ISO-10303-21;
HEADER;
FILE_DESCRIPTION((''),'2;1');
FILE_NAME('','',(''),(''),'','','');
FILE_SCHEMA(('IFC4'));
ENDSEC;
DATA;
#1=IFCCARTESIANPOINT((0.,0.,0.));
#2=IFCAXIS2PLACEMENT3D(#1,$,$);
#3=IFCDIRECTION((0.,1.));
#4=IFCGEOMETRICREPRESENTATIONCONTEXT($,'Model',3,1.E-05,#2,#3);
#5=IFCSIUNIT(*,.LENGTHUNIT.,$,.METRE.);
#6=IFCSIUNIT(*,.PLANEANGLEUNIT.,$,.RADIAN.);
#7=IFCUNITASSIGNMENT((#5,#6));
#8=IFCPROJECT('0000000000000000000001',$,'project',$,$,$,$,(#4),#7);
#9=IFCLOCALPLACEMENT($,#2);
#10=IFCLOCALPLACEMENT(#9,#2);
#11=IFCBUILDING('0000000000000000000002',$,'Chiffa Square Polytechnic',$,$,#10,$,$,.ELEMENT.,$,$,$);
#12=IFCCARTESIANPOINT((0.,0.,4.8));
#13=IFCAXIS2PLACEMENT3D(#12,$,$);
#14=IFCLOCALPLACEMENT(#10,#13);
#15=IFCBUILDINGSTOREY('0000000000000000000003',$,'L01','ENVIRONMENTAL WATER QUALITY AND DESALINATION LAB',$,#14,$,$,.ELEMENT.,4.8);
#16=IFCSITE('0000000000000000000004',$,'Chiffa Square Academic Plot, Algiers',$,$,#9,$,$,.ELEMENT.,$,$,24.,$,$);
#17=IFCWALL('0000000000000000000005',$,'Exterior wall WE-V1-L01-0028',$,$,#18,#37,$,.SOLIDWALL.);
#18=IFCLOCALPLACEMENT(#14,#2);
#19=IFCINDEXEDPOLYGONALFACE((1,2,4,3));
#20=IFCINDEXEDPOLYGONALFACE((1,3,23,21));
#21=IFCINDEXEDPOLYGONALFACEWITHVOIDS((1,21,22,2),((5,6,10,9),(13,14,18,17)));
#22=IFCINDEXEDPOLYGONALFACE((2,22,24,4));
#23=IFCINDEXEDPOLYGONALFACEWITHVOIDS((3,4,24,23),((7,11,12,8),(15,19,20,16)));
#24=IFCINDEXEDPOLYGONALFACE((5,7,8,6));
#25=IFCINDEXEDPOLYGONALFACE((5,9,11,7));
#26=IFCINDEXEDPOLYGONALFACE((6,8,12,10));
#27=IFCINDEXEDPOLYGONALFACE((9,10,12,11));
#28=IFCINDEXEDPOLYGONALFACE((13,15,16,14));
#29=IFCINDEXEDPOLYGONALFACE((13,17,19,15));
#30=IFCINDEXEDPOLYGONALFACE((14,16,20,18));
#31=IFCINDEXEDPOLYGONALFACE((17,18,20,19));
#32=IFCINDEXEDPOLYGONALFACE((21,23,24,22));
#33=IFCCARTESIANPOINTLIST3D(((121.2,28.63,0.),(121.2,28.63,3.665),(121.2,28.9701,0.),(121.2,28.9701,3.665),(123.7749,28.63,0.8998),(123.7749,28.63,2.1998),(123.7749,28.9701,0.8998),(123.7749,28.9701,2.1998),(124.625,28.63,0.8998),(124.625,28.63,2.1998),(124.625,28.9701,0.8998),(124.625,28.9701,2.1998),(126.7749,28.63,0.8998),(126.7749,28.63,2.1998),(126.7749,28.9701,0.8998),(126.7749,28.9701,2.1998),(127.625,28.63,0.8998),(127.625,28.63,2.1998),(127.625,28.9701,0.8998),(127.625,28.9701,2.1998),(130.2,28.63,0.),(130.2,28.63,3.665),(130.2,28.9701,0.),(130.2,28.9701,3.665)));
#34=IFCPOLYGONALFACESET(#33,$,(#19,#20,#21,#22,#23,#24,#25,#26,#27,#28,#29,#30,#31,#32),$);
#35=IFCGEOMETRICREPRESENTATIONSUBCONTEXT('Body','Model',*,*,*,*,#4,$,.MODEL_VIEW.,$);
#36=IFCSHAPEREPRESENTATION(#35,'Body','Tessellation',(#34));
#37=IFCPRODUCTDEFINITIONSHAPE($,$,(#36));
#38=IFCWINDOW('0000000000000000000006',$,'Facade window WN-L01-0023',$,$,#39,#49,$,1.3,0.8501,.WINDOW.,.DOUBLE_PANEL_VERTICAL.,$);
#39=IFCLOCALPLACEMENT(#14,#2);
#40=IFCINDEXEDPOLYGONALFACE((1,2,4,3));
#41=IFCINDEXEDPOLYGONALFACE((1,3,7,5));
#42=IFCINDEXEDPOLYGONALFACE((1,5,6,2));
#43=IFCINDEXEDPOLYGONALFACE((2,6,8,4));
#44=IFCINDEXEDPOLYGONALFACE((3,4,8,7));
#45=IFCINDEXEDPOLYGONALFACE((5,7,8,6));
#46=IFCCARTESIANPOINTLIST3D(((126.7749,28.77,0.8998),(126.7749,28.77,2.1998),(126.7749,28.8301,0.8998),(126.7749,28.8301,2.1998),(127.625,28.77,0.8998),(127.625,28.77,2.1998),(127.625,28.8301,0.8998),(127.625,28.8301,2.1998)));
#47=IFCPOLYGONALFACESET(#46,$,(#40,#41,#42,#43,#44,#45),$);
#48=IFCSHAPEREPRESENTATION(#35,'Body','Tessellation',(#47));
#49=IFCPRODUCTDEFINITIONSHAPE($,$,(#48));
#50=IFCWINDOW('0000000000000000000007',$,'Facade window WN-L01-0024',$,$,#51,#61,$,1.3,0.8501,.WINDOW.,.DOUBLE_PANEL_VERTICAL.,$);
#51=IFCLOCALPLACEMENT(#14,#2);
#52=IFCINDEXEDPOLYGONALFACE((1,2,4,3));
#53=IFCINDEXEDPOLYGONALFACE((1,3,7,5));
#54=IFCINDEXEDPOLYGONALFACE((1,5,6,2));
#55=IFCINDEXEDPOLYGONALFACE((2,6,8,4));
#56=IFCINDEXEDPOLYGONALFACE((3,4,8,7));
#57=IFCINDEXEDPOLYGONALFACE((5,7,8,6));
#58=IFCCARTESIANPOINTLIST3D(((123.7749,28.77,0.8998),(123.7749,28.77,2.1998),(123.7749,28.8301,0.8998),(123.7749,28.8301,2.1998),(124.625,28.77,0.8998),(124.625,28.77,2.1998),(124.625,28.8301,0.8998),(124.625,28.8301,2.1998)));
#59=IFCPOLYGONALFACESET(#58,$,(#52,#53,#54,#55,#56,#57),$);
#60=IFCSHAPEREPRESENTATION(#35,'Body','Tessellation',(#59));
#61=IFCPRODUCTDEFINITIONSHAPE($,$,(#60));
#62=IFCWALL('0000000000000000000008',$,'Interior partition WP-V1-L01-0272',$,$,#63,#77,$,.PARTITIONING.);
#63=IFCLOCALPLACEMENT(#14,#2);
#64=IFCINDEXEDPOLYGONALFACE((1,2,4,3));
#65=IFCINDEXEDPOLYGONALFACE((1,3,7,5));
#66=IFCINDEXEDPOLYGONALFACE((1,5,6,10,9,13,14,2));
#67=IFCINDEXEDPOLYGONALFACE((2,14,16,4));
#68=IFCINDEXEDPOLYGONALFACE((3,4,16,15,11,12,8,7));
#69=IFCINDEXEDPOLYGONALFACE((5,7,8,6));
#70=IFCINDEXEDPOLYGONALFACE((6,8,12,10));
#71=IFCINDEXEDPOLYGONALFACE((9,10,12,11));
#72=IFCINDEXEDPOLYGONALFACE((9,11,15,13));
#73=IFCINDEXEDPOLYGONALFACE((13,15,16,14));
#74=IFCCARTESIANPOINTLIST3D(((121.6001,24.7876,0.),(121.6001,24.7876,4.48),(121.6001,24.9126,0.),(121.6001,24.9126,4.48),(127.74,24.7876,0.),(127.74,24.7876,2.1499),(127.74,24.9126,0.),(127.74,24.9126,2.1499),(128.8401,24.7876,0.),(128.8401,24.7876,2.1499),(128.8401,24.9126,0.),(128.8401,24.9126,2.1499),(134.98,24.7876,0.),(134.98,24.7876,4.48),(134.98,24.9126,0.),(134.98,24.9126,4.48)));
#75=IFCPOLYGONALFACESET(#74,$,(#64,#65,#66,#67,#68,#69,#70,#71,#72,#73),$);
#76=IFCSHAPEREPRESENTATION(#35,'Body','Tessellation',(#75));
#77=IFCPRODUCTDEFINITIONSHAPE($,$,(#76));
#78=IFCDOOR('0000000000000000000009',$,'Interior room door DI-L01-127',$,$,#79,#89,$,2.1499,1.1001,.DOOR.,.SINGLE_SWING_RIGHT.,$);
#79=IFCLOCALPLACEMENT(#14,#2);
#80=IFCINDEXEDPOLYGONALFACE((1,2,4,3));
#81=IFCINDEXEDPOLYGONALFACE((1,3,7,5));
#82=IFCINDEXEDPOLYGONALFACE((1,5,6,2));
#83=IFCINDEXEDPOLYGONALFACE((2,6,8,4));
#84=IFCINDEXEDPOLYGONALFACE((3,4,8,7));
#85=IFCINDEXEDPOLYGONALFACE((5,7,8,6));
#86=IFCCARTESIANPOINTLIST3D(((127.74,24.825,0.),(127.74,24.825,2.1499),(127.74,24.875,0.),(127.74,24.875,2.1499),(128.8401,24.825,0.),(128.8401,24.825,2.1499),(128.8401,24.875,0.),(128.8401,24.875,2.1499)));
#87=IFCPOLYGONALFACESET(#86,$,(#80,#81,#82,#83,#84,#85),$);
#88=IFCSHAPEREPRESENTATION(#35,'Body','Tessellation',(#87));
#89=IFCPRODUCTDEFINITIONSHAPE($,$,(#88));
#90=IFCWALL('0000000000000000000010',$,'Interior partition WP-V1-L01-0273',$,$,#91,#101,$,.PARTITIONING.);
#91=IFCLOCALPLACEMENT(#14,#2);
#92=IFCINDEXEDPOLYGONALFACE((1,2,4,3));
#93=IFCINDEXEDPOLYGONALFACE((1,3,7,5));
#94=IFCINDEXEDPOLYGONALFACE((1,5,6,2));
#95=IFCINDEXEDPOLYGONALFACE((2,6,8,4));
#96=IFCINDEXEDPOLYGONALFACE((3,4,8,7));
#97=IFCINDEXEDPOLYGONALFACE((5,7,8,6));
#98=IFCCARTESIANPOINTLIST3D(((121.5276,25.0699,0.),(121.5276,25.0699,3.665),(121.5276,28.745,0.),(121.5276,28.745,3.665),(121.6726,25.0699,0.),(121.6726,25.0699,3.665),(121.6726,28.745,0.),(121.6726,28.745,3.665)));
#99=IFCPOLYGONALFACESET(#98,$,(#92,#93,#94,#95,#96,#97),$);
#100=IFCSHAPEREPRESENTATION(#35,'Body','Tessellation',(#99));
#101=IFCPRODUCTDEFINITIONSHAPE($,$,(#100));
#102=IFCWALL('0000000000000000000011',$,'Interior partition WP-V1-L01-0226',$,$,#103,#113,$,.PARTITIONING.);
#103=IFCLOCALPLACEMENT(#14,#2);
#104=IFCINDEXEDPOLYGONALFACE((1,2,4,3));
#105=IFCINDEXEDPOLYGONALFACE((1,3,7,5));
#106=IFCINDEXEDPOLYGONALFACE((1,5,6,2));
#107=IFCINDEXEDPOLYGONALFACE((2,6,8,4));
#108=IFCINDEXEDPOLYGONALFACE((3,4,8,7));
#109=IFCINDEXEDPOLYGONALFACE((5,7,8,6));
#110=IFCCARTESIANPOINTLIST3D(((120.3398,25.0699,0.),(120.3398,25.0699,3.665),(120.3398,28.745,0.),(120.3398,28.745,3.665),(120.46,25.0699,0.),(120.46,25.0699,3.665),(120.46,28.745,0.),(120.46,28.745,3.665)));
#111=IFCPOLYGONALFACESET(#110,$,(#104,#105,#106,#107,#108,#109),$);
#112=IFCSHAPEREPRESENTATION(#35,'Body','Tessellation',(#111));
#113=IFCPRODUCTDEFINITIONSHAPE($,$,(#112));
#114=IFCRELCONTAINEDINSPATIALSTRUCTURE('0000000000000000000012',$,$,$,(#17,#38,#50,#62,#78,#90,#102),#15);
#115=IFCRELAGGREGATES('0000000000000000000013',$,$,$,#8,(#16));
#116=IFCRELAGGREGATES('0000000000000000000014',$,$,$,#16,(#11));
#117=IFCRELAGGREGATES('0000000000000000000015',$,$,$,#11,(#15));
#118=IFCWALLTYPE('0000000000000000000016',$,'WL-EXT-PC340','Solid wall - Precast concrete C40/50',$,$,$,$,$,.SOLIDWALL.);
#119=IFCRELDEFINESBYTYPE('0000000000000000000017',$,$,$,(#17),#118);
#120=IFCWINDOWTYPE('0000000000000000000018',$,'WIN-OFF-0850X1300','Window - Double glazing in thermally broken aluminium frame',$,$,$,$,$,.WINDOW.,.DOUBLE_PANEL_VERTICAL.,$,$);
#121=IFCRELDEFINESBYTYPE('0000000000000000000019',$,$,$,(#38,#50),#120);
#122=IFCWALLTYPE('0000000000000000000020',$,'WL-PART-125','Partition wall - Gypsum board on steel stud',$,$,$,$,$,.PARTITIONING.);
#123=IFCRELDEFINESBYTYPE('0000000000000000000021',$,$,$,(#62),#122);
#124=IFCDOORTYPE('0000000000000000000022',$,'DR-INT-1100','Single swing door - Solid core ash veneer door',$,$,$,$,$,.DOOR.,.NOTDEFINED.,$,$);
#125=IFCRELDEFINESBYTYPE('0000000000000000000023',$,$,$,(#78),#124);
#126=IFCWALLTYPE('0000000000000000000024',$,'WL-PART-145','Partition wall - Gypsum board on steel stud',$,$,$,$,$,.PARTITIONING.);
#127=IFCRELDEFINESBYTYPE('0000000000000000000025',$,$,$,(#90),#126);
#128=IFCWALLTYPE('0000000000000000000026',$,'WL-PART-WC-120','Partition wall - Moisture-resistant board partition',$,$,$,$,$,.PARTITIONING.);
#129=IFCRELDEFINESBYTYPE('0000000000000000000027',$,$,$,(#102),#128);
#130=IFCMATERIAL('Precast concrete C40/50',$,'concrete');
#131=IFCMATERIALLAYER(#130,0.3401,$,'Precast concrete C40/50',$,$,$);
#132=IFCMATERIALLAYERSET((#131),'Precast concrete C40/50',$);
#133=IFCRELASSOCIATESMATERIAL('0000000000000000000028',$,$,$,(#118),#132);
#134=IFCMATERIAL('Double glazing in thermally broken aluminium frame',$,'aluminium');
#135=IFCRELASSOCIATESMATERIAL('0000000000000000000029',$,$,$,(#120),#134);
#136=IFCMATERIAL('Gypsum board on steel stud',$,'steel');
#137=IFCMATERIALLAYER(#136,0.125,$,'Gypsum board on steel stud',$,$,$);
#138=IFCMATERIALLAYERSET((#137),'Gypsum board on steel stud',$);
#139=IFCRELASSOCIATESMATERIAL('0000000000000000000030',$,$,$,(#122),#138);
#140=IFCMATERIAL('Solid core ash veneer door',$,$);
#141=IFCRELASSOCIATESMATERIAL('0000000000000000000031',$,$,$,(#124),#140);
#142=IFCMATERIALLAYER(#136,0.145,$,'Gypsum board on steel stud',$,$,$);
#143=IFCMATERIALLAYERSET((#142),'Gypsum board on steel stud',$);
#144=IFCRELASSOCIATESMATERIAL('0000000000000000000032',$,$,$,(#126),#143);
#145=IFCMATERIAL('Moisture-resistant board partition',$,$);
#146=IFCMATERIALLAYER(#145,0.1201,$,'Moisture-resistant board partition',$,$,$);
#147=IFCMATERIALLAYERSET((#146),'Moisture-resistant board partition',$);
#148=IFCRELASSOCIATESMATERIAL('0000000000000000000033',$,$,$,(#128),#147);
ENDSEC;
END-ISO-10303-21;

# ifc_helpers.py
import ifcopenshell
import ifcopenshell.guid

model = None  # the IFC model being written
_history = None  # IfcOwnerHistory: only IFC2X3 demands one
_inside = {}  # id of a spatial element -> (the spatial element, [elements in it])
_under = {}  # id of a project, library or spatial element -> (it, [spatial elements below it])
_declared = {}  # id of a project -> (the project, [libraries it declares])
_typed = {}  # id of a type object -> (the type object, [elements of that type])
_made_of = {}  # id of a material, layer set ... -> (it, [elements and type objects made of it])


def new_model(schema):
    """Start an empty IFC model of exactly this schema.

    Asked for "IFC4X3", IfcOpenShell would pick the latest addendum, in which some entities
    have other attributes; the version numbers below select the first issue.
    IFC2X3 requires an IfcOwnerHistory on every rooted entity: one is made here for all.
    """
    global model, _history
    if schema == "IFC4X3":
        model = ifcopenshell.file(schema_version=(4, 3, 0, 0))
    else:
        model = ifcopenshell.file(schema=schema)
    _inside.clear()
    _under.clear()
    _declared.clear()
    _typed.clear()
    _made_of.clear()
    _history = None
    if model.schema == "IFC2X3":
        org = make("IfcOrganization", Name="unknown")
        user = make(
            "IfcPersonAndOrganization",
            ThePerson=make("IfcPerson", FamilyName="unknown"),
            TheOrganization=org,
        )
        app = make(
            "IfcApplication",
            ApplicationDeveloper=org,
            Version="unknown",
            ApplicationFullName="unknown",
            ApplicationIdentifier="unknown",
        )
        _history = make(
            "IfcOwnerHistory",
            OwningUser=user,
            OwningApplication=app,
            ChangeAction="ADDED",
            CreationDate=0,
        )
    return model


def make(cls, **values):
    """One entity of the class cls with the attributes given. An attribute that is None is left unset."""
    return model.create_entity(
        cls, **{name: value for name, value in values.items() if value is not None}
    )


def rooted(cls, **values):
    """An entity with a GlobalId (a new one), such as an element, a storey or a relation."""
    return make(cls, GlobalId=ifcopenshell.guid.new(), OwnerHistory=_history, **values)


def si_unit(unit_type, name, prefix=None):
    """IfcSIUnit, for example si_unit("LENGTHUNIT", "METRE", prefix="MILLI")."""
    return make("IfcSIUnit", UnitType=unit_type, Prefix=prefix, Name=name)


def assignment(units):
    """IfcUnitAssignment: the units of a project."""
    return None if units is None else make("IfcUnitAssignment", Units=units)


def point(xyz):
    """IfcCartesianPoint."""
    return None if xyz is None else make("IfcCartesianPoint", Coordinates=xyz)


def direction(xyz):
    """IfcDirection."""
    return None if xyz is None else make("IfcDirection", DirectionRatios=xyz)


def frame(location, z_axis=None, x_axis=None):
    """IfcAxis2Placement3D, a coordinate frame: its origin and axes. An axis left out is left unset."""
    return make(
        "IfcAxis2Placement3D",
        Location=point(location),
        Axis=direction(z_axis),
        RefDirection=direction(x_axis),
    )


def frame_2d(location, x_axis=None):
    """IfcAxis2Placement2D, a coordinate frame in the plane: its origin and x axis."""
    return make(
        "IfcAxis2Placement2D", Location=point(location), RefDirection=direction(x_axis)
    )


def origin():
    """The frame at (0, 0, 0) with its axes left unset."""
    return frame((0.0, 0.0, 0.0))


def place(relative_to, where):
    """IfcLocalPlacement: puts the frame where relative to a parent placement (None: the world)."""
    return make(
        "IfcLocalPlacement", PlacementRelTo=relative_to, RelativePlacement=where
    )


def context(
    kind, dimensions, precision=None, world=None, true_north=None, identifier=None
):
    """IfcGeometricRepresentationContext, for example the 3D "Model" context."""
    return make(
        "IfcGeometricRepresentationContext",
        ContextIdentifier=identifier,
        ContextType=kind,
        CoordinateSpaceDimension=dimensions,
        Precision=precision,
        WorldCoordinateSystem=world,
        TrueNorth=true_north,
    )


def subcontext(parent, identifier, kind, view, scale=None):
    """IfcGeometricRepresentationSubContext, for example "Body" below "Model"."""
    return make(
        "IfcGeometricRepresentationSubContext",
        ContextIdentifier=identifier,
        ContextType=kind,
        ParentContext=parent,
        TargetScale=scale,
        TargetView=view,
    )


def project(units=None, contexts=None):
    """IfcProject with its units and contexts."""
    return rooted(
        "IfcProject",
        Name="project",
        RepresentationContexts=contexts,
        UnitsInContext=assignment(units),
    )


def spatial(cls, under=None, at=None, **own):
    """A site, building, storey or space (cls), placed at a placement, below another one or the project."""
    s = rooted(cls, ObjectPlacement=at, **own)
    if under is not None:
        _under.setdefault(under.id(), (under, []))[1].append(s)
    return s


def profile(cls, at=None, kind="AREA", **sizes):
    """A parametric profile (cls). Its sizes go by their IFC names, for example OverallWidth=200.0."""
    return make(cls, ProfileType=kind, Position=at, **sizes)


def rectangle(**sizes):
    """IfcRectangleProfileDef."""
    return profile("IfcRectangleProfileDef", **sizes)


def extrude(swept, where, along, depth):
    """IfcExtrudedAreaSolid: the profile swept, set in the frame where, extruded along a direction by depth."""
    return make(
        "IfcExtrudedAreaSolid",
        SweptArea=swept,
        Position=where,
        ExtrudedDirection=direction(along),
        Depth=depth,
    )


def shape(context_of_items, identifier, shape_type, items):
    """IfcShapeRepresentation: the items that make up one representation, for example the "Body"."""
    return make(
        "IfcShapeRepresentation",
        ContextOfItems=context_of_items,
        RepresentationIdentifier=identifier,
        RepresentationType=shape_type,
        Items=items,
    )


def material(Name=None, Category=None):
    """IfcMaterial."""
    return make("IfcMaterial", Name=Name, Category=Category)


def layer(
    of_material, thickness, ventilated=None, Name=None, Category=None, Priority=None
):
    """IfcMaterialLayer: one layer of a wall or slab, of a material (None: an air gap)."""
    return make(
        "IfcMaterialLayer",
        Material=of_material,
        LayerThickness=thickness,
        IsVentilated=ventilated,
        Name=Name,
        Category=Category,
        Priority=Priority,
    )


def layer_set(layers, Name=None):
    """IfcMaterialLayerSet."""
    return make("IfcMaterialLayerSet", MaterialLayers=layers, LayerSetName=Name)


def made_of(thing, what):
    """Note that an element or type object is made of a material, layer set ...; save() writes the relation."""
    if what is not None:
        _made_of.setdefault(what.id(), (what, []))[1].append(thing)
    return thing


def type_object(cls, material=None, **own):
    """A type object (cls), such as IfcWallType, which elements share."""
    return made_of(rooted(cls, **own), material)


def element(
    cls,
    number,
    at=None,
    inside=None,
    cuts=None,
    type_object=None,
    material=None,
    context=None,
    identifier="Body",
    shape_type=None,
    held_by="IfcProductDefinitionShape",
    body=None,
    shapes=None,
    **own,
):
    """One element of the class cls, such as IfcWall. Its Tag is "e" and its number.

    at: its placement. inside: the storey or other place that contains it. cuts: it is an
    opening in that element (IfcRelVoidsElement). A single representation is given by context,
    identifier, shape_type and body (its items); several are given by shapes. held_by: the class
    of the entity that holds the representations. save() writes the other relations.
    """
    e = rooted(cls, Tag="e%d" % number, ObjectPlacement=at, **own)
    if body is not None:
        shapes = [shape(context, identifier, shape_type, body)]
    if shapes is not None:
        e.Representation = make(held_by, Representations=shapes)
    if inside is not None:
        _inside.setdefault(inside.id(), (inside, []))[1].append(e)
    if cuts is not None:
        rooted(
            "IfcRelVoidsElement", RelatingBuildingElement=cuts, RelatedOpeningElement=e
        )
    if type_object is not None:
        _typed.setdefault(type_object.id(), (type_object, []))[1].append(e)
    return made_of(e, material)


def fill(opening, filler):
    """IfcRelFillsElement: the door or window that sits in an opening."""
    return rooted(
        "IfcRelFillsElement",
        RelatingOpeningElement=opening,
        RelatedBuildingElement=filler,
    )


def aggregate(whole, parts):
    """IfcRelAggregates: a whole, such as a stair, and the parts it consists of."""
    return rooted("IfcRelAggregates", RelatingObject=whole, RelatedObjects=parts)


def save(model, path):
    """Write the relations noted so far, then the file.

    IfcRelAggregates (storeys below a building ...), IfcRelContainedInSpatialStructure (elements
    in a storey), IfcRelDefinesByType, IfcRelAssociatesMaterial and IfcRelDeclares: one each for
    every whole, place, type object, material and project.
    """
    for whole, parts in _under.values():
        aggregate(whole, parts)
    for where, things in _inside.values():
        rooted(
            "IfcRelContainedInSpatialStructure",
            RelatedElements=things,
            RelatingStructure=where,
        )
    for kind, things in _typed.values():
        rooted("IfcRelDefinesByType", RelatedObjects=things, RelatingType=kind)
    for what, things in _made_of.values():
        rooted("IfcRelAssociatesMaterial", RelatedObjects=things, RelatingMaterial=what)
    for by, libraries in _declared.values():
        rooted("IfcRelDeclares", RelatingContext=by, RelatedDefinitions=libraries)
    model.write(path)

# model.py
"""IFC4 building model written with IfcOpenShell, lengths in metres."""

from ifc_helpers import new_model, si_unit, direction, frame, frame_2d, origin, place, context, subcontext, project, spatial, rectangle, extrude, material, layer, layer_set, type_object, element, fill, save


model = new_model("IFC4")

# Units and contexts
model_context = context("Model", 3, precision=1e-05, world=origin(), true_north=direction((0.0, 1.0)))
body_context = subcontext(model_context, "Body", "Model", "MODEL_VIEW")
ifc_project = project(units=[si_unit("LENGTHUNIT", "METRE"), si_unit("PLANEANGLEUNIT", "RADIAN")], contexts=[model_context])

# Site, building, storey
site_placement = place(None, origin())
site = spatial("IfcSite", under=ifc_project, at=site_placement, Name="Chiffa Square Academic Plot, Algiers", CompositionType="ELEMENT", RefElevation=24.0)
building_placement = place(site_placement, origin())
building = spatial("IfcBuilding", under=site, at=building_placement, Name="Chiffa Square Polytechnic", CompositionType="ELEMENT")
storey_placement = place(building_placement, frame((0.0, 0.0, 4.8)))
storey = spatial("IfcBuildingStorey", under=building, at=storey_placement, Name="L01", Description="ENVIRONMENTAL WATER QUALITY AND DESALINATION LAB", CompositionType="ELEMENT", Elevation=4.8)

# Wall, openings, windows
ifc_material_1 = material(Name="Precast concrete C40/50", Category="concrete")
ifc_material_2 = material(Name="Double glazing in thermally broken aluminium frame", Category="aluminium")
ifc_layer_1 = layer(ifc_material_1, 0.3401, Name="Precast concrete C40/50")
ifc_layer_set_1 = layer_set([ifc_layer_1], Name="Precast concrete C40/50")
wall_type_1 = type_object("IfcWallType", Name="WL-EXT-PC340", Description="Solid wall - Precast concrete C40/50", PredefinedType="SOLIDWALL", material=ifc_layer_set_1)
wall_1_placement = place(storey_placement, frame((130.2, 28.8, 0.0), z_axis=(0.0, 0.0, 1.0), x_axis=(-1.0, 0.0, 0.0)))
wall_1 = element("IfcWall", 1, at=wall_1_placement, inside=storey, type_object=wall_type_1, Name="Exterior wall WE-V1-L01-0028", PredefinedType="SOLIDWALL", context=body_context, shape_type="SweptSolid", body=[
    extrude(rectangle(XDim=9.0, YDim=0.3401, at=frame_2d((4.5, 0.0))), origin(), (0.0, 0.0, 1.0), 3.665),
])
opening_1_placement = place(wall_1_placement, frame((2.575, 0.0, 0.8999)))
opening_1 = element("IfcOpeningElement", 2, at=opening_1_placement, cuts=wall_1, PredefinedType="OPENING", context=body_context, shape_type="SweptSolid", body=[
    extrude(rectangle(XDim=0.8501, YDim=1.3, at=frame_2d((0.425, 0.6499))), frame((0.0, 0.1802, 0.0), z_axis=(0.0, -1.0, 0.0), x_axis=(1.0, 0.0, 0.0)), (0.0, 0.0, 1.0), 0.3601),
])
opening_2_placement = place(wall_1_placement, frame((5.575, 0.0, 0.8999)))
opening_2 = element("IfcOpeningElement", 3, at=opening_2_placement, cuts=wall_1, PredefinedType="OPENING", context=body_context, shape_type="SweptSolid", body=[
    extrude(rectangle(XDim=0.8501, YDim=1.3, at=frame_2d((0.425, 0.6499))), frame((0.0, 0.1802, 0.0), z_axis=(0.0, -1.0, 0.0), x_axis=(1.0, 0.0, 0.0)), (0.0, 0.0, 1.0), 0.3601),
])
window_type_1 = type_object("IfcWindowType", Name="WIN-OFF-0850X1300", Description="Window - Double glazing in thermally broken aluminium frame", PartitioningType="DOUBLE_PANEL_VERTICAL", PredefinedType="WINDOW", material=ifc_material_2)
window_1_placement = place(opening_1_placement, origin())
window_1 = element("IfcWindow", 4, at=window_1_placement, inside=storey, type_object=window_type_1, Name="Facade window WN-L01-0023", OverallHeight=1.3, OverallWidth=0.8501, PartitioningType="DOUBLE_PANEL_VERTICAL", PredefinedType="WINDOW", context=body_context, shape_type="SweptSolid", body=[
    extrude(rectangle(XDim=0.8501, YDim=1.3, at=frame_2d((0.425, 0.6499))), frame((0.0, 0.03, 0.0), z_axis=(0.0, -1.0, 0.0), x_axis=(1.0, 0.0, 0.0)), (0.0, 0.0, 1.0), 0.0601),
])
fill(opening_1, window_1)
window_2_placement = place(opening_2_placement, origin())
window_2 = element("IfcWindow", 5, at=window_2_placement, inside=storey, type_object=window_type_1, Name="Facade window WN-L01-0024", OverallHeight=1.3, OverallWidth=0.8501, PartitioningType="DOUBLE_PANEL_VERTICAL", PredefinedType="WINDOW", context=body_context, shape_type="SweptSolid", body=[
    extrude(rectangle(XDim=0.8501, YDim=1.3, at=frame_2d((0.425, 0.6499))), frame((0.0, 0.03, 0.0), z_axis=(0.0, -1.0, 0.0), x_axis=(1.0, 0.0, 0.0)), (0.0, 0.0, 1.0), 0.0601),
])
fill(opening_2, window_2)

# Wall, opening, door
ifc_material_3 = material(Name="Gypsum board on steel stud", Category="steel")
ifc_layer_2 = layer(ifc_material_3, 0.125, Name="Gypsum board on steel stud")
ifc_layer_set_2 = layer_set([ifc_layer_2], Name="Gypsum board on steel stud")
wall_type_2 = type_object("IfcWallType", Name="WL-PART-125", Description="Partition wall - Gypsum board on steel stud", PredefinedType="PARTITIONING", material=ifc_layer_set_2)
wall_2_placement = place(storey_placement, frame((121.6001, 24.8501, 0.0), z_axis=(0.0, 0.0, 1.0), x_axis=(1.0, 0.0, 0.0)))
wall_2 = element("IfcWall", 6, at=wall_2_placement, inside=storey, type_object=wall_type_2, Name="Interior partition WP-V1-L01-0272", PredefinedType="PARTITIONING", context=body_context, shape_type="SweptSolid", body=[
    extrude(rectangle(XDim=13.3799, YDim=0.125, at=frame_2d((6.6899, 0.0))), origin(), (0.0, 0.0, 1.0), 4.48),
])
opening_3_placement = place(wall_2_placement, frame((6.1399, 0.0, 0.0)))
opening_3 = element("IfcOpeningElement", 7, at=opening_3_placement, cuts=wall_2, PredefinedType="OPENING", context=body_context, shape_type="SweptSolid", body=[
    extrude(rectangle(XDim=1.1001, YDim=2.1499, at=frame_2d((0.55, 1.075))), frame((0.0, 0.0725, 0.0), z_axis=(0.0, -1.0, 0.0), x_axis=(1.0, 0.0, 0.0)), (0.0, 0.0, 1.0), 0.145),
])
ifc_material_4 = material(Name="Solid core ash veneer door")
door_type_1 = type_object("IfcDoorType", Name="DR-INT-1100", Description="Single swing door - Solid core ash veneer door", OperationType="NOTDEFINED", PredefinedType="DOOR", material=ifc_material_4)
door_1_placement = place(opening_3_placement, origin())
door_1 = element("IfcDoor", 8, at=door_1_placement, inside=storey, type_object=door_type_1, Name="Interior room door DI-L01-127", OperationType="SINGLE_SWING_RIGHT", OverallHeight=2.1499, OverallWidth=1.1001, PredefinedType="DOOR", context=body_context, shape_type="SweptSolid", body=[
    extrude(rectangle(XDim=1.1001, YDim=2.1499, at=frame_2d((0.55, 1.075))), frame((0.0, 0.0249, 0.0), z_axis=(0.0, -1.0, 0.0), x_axis=(1.0, 0.0, 0.0)), (0.0, 0.0, 1.0), 0.05),
])
fill(opening_3, door_1)

# Wall
ifc_layer_3 = layer(ifc_material_3, 0.145, Name="Gypsum board on steel stud")
ifc_layer_set_3 = layer_set([ifc_layer_3], Name="Gypsum board on steel stud")
wall_type_3 = type_object("IfcWallType", Name="WL-PART-145", Description="Partition wall - Gypsum board on steel stud", PredefinedType="PARTITIONING", material=ifc_layer_set_3)
wall_3_placement = place(storey_placement, frame((121.6001, 25.0701, 0.0), z_axis=(0.0, 0.0, 1.0), x_axis=(0.0, 1.0, 0.0)))
element("IfcWall", 9, at=wall_3_placement, inside=storey, type_object=wall_type_3, Name="Interior partition WP-V1-L01-0273", PredefinedType="PARTITIONING", context=body_context, shape_type="SweptSolid", body=[
    extrude(rectangle(XDim=3.675, YDim=0.145, at=frame_2d((1.8374, 0.0))), origin(), (0.0, 0.0, 1.0), 3.665),
])

# Wall
ifc_material_5 = material(Name="Moisture-resistant board partition")
ifc_layer_4 = layer(ifc_material_5, 0.1201, Name="Moisture-resistant board partition")
ifc_layer_set_4 = layer_set([ifc_layer_4], Name="Moisture-resistant board partition")
wall_type_4 = type_object("IfcWallType", Name="WL-PART-WC-120", Description="Partition wall - Moisture-resistant board partition", PredefinedType="PARTITIONING", material=ifc_layer_set_4)
wall_4_placement = place(storey_placement, frame((120.3999, 25.0701, 0.0), z_axis=(0.0, 0.0, 1.0), x_axis=(0.0, 1.0, 0.0)))
element("IfcWall", 10, at=wall_4_placement, inside=storey, type_object=wall_type_4, Name="Interior partition WP-V1-L01-0226", PredefinedType="PARTITIONING", context=body_context, shape_type="SweptSolid", body=[
    extrude(rectangle(XDim=3.675, YDim=0.1201, at=frame_2d((1.8374, 0.0))), origin(), (0.0, 0.0, 1.0), 3.665),
])

save(model, "model.ifc")
